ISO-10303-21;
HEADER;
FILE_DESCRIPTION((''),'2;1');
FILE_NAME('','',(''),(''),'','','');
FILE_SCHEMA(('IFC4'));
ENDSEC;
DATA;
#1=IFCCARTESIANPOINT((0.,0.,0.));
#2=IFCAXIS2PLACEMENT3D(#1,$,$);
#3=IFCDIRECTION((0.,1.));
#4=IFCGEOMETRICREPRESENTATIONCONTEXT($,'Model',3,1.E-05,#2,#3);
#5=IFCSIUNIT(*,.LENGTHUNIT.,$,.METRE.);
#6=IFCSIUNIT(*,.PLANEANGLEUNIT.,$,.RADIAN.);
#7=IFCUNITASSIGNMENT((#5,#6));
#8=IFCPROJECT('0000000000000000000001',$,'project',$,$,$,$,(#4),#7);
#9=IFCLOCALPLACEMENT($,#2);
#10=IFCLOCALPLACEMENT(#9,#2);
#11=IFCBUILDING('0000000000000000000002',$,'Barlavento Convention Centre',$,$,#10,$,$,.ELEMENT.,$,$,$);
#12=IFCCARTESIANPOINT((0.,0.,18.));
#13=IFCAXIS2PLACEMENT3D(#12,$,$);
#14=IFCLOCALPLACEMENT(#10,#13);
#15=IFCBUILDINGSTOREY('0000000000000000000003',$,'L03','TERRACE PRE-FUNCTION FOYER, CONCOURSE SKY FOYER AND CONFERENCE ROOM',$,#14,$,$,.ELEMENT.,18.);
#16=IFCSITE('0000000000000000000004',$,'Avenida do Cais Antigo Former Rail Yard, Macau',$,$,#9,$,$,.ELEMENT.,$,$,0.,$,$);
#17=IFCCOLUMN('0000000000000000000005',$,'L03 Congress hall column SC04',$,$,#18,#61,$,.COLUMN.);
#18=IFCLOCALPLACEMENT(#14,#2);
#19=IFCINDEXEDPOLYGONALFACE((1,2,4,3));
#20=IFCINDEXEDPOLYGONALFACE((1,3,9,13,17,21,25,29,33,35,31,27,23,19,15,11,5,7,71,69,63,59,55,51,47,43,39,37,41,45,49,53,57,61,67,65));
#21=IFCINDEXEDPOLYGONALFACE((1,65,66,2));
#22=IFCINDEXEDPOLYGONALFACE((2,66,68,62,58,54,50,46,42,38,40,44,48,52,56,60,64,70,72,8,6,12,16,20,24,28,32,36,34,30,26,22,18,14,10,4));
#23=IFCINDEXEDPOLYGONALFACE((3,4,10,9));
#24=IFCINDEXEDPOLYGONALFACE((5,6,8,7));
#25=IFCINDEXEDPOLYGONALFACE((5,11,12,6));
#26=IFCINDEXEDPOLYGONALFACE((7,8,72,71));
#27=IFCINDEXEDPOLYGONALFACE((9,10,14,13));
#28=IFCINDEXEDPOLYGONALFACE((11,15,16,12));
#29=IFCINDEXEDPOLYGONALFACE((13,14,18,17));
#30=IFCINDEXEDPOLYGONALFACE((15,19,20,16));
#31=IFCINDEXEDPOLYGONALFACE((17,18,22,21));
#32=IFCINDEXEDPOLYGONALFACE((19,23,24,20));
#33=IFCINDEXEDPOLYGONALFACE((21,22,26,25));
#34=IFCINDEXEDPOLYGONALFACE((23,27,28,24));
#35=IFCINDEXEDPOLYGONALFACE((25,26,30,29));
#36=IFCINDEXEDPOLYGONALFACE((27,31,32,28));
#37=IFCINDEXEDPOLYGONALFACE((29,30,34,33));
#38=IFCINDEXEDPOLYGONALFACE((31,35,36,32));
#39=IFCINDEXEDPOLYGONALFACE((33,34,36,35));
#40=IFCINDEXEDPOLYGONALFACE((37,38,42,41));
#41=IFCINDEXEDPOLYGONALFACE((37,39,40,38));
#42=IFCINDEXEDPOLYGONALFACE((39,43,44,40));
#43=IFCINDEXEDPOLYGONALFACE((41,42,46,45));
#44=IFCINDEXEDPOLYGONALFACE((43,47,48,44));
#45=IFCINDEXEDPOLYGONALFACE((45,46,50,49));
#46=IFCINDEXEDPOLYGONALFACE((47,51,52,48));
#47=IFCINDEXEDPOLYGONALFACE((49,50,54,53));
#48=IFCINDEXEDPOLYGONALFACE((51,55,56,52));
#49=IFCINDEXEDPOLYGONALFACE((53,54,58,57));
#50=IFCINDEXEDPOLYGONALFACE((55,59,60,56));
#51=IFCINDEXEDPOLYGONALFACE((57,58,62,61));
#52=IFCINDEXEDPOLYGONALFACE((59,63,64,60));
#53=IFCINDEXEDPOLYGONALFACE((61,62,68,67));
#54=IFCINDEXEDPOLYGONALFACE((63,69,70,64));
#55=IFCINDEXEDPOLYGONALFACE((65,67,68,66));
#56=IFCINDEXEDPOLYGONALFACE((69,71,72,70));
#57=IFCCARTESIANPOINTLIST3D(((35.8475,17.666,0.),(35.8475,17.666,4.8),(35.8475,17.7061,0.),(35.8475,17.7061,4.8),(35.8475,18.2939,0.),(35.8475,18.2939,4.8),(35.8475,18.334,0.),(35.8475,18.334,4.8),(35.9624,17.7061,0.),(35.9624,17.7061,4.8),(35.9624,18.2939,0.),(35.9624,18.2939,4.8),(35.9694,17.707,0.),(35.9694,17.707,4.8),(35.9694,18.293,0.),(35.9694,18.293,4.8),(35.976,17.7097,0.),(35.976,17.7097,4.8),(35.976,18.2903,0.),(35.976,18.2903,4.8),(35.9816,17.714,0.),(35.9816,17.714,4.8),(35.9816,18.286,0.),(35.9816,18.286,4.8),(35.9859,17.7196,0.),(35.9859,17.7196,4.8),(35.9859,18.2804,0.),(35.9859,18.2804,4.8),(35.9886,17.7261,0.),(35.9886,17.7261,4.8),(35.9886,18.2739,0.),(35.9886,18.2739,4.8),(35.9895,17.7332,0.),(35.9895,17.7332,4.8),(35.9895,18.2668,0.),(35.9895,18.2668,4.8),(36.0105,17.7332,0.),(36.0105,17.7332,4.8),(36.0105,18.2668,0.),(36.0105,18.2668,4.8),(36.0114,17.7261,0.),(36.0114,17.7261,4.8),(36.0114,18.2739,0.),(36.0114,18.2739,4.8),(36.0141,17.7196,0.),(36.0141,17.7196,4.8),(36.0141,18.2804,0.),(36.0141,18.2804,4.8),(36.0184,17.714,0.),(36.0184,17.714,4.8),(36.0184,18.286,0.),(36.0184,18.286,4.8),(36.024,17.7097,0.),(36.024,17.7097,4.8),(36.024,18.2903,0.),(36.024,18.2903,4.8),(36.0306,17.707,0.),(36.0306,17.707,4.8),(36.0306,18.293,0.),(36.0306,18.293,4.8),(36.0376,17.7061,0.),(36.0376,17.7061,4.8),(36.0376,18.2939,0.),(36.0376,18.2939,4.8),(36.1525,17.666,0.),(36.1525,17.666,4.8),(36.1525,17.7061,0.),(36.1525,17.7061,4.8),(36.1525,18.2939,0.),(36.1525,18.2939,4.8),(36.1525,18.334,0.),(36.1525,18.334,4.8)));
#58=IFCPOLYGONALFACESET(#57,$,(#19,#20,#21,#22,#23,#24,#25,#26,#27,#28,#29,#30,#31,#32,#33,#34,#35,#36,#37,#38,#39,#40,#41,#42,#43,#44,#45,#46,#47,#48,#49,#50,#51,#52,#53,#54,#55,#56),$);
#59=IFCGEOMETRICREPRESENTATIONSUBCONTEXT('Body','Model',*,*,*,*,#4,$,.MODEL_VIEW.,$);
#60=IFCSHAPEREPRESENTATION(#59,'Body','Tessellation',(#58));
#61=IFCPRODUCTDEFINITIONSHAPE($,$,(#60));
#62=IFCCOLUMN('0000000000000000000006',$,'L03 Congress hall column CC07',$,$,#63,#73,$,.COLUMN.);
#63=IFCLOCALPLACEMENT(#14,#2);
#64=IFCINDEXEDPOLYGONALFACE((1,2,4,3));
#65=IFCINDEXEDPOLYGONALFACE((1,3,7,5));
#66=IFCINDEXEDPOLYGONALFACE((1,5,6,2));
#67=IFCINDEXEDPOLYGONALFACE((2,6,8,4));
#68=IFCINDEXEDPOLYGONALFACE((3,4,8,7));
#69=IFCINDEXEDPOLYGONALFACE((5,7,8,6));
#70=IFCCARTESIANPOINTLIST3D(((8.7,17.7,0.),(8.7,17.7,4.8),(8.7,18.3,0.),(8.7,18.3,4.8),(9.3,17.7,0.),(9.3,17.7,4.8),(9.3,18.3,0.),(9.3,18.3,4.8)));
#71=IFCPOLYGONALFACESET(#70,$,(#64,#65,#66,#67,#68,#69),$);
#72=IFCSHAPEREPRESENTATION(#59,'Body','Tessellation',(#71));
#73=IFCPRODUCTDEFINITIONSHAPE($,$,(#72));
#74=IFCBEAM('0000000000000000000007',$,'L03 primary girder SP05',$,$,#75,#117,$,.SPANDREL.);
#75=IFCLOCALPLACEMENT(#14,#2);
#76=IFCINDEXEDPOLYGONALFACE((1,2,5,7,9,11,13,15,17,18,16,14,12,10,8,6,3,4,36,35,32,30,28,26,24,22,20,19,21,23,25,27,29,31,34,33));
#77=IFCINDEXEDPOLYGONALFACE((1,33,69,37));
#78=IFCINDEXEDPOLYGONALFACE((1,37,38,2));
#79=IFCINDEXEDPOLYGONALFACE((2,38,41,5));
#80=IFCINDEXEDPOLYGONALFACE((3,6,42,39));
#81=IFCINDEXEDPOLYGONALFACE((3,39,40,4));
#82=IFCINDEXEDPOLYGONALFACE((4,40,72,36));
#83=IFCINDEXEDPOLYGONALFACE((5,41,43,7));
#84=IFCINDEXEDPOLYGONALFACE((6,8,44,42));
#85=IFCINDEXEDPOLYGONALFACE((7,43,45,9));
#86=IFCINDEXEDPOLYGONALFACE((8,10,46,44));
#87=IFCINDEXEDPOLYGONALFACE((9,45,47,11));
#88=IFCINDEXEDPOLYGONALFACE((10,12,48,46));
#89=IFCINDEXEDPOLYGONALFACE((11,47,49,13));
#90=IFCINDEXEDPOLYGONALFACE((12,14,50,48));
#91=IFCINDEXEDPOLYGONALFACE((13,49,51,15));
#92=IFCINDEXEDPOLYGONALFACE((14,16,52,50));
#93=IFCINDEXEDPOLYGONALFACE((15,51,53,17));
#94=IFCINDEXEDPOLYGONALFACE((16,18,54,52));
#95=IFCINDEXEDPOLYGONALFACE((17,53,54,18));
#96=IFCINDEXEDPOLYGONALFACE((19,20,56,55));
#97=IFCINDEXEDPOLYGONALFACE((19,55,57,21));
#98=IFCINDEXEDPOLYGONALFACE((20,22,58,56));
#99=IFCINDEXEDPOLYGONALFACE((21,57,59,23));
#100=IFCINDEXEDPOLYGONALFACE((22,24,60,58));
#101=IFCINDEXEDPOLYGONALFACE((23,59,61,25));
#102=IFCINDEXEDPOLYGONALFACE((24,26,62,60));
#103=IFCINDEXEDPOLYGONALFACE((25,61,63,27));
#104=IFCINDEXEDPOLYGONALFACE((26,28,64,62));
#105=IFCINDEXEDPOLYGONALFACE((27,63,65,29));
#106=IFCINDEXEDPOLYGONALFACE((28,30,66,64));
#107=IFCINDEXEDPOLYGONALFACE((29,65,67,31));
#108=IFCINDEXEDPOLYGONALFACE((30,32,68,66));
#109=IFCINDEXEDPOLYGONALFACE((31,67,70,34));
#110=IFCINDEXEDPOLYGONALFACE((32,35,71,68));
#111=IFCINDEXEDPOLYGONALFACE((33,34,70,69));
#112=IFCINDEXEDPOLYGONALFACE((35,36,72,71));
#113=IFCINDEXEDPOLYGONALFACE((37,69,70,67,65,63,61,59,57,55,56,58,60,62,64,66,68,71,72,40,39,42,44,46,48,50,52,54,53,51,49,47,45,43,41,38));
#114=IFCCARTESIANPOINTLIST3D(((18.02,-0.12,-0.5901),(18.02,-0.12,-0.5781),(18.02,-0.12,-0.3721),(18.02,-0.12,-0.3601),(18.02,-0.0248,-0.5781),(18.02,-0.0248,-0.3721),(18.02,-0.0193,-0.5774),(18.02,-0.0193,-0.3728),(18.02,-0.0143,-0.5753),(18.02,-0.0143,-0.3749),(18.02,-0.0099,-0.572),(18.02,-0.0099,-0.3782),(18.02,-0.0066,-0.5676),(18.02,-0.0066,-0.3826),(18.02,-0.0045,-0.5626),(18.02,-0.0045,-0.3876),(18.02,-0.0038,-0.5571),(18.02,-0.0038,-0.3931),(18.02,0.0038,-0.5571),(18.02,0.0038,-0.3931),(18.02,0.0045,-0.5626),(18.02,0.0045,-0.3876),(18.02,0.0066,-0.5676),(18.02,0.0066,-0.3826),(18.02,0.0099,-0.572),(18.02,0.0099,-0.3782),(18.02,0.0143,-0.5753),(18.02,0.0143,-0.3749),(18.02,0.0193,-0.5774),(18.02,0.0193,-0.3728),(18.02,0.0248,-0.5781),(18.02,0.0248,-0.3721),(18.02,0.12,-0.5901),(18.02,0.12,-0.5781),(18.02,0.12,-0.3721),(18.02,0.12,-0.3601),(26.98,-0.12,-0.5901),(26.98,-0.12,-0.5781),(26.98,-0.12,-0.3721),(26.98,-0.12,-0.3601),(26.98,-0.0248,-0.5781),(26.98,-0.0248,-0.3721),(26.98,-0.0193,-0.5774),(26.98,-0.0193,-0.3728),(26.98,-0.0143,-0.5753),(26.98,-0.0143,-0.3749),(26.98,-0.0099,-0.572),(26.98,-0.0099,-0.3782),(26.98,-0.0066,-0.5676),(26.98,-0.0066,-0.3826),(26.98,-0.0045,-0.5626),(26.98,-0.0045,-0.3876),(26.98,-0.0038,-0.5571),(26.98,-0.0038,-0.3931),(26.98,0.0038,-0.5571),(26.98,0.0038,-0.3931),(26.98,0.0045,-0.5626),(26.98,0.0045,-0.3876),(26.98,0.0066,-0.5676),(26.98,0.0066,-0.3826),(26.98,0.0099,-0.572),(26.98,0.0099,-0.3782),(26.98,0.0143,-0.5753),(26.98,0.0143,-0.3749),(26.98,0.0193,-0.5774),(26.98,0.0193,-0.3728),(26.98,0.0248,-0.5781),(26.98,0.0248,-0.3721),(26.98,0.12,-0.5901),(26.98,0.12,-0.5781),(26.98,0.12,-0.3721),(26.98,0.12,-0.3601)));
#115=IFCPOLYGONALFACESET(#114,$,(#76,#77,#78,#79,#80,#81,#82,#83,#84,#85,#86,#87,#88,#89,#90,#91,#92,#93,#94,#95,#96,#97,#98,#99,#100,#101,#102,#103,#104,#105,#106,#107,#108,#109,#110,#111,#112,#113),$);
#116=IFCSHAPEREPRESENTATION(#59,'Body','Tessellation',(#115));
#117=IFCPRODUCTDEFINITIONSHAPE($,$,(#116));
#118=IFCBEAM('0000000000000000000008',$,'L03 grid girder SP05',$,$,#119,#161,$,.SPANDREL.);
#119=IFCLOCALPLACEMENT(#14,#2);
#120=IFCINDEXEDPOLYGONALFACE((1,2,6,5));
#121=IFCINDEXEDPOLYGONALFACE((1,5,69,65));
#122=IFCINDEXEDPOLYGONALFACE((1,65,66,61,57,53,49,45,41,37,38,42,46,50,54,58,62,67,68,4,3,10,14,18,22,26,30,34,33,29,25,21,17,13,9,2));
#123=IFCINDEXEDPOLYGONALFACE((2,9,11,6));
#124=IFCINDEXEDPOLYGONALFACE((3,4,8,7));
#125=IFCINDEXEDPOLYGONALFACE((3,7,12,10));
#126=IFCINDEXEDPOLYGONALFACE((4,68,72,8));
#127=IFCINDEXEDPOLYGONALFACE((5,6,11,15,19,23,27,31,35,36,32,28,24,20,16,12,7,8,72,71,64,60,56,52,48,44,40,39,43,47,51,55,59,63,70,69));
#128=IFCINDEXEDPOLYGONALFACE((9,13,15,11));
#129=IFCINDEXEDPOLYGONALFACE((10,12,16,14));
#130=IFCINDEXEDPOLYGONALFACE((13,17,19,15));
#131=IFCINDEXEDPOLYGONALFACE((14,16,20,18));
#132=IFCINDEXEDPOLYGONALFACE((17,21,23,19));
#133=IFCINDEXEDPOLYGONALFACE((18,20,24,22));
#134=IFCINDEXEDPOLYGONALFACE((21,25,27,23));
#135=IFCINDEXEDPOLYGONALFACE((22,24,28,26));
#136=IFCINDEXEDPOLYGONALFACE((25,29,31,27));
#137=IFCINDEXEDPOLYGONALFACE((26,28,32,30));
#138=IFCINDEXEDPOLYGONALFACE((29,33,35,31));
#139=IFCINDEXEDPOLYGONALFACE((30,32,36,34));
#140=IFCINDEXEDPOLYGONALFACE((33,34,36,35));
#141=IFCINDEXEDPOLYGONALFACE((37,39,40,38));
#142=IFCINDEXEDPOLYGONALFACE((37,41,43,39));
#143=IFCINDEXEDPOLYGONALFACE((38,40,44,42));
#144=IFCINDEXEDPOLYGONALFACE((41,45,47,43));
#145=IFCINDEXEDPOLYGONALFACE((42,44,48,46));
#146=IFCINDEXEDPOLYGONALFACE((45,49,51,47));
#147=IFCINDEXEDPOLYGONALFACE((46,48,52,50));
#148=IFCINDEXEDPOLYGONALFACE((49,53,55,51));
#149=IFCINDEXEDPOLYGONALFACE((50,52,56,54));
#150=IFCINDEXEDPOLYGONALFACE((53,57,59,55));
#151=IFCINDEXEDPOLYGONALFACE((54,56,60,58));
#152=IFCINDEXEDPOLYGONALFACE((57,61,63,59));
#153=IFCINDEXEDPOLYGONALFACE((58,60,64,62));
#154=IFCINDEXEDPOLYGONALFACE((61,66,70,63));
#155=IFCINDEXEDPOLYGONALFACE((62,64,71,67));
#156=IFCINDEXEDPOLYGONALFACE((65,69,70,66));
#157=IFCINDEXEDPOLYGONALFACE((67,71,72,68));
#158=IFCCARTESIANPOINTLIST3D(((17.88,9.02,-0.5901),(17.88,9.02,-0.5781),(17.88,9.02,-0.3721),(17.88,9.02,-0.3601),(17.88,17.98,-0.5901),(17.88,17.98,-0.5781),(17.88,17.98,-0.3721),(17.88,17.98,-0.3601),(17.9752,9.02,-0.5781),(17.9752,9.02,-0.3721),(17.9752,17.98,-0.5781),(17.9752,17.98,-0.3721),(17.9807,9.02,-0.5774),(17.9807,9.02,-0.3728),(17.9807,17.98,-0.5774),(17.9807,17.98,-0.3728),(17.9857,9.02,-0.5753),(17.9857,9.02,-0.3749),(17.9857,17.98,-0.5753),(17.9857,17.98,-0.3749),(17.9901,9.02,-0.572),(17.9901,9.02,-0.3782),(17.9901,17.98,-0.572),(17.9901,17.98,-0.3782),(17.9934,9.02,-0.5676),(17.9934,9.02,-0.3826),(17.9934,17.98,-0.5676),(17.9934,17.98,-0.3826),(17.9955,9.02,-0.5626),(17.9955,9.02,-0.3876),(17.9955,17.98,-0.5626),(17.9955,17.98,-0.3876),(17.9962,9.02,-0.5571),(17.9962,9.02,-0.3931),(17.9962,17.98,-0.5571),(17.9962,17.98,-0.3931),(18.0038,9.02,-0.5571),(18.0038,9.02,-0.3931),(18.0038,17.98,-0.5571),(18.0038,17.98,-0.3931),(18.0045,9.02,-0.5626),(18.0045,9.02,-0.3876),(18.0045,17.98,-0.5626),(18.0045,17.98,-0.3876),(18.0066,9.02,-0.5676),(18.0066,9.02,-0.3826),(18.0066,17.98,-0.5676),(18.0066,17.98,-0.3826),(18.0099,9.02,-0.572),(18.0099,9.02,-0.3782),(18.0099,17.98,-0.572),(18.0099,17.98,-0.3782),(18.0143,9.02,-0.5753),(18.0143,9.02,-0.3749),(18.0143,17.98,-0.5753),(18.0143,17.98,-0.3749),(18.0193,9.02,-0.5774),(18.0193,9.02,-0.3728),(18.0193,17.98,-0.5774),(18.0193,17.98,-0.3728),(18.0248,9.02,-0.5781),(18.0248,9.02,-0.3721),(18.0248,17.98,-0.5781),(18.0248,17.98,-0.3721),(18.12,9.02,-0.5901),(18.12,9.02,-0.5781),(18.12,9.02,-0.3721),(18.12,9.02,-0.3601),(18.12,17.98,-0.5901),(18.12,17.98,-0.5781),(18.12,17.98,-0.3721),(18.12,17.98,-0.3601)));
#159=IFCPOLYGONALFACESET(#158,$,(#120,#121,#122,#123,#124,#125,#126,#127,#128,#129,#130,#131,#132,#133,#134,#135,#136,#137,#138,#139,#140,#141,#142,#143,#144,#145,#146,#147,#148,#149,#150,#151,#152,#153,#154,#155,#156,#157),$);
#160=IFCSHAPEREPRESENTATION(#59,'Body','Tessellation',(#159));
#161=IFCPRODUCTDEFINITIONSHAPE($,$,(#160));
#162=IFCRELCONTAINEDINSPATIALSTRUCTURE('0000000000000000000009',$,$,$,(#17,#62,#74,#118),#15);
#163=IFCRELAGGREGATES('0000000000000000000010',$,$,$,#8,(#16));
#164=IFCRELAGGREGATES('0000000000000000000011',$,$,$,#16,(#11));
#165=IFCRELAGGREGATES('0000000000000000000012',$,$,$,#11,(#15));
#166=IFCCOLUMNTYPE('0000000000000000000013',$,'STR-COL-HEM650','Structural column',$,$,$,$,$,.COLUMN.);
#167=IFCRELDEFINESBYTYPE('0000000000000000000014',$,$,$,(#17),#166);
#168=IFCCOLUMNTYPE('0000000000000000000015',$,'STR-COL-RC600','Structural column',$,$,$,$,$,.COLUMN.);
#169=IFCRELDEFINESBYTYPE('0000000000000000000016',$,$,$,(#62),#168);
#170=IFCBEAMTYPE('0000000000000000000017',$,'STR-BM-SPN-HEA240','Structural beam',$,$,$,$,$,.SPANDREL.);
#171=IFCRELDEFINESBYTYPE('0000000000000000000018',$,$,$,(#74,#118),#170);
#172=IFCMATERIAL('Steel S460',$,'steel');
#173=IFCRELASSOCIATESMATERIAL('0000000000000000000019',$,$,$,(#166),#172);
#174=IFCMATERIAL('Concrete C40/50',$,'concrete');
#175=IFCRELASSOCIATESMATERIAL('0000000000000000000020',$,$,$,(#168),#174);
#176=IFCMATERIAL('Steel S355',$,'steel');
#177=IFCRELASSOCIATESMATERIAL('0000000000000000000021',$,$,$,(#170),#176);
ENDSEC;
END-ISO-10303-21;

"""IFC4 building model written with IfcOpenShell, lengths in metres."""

from ifc_helpers import new_model, si_unit, direction, frame, origin, origin_2d, place, context, subcontext, project, spatial, rectangle, i_section, extrude, material, material_profile, profile_set, type_object, element, save


model = new_model("IFC4")

# Units and contexts
model_context = context("Model", 3, precision=1e-05, world=origin(), true_north=direction((0.0, 1.0)))
body_context = subcontext(model_context, "Body", "Model", "MODEL_VIEW")
ifc_project = project(units=[si_unit("LENGTHUNIT", "METRE"), si_unit("PLANEANGLEUNIT", "RADIAN")], contexts=[model_context])

# Site, building, storey
site_placement = place(None, origin())
site = spatial("IfcSite", under=ifc_project, at=site_placement, Name="Avenida do Cais Antigo Former Rail Yard, Macau", CompositionType="ELEMENT", RefElevation=0.0)
building_placement = place(site_placement, origin())
building = spatial("IfcBuilding", under=site, at=building_placement, Name="Barlavento Convention Centre", CompositionType="ELEMENT")
storey_placement = place(building_placement, frame((0.0, 0.0, 18.0)))
storey = spatial("IfcBuildingStorey", under=building, at=storey_placement, Name="L03", Description="TERRACE PRE-FUNCTION FOYER, CONCOURSE SKY FOYER AND CONFERENCE ROOM", CompositionType="ELEMENT", Elevation=18.0)

# Columns
ifc_material_1 = material(Name="Steel S355", Category="steel")
ifc_material_2 = material(Name="Steel S460", Category="steel")
ifc_material_profile_1 = material_profile(ifc_material_2, i_section(OverallWidth=0.3049, OverallDepth=0.668, WebThickness=0.021, FlangeThickness=0.04, FilletRadius=0.0271, at=origin_2d()), Name="HEM 650")
ifc_profile_set_1 = profile_set([ifc_material_profile_1], Name="Steel S460")
column_type_1 = type_object("IfcColumnType", Name="STR-COL-HEM650", Description="Structural column", PredefinedType="COLUMN", material=ifc_profile_set_1)
column_1_placement = place(storey_placement, frame((36.0, 18.0, 0.0), z_axis=(0.0, 0.0, 1.0), x_axis=(1.0, 0.0, 0.0)))
element("IfcColumn", 1, at=column_1_placement, inside=storey, type_object=column_type_1, Name="L03 Congress hall column SC04", PredefinedType="COLUMN", context=body_context, shape_type="SweptSolid", body=[
    extrude(i_section(OverallWidth=0.3049, OverallDepth=0.668, WebThickness=0.021, FlangeThickness=0.04, FilletRadius=0.0271, at=origin_2d()), origin(), (0.0, 0.0, 1.0), 4.8),
])
ifc_material_3 = material(Name="Concrete C40/50", Category="concrete")
ifc_material_profile_2 = material_profile(ifc_material_3, rectangle(XDim=0.6001, YDim=0.6001, at=origin_2d()), Name="RC 600x600")
ifc_profile_set_2 = profile_set([ifc_material_profile_2], Name="Concrete C40/50")
column_type_2 = type_object("IfcColumnType", Name="STR-COL-RC600", Description="Structural column", PredefinedType="COLUMN", material=ifc_profile_set_2)
column_2_placement = place(storey_placement, frame((9.0, 18.0, 0.0), z_axis=(0.0, 0.0, 1.0), x_axis=(1.0, 0.0, 0.0)))
element("IfcColumn", 2, at=column_2_placement, inside=storey, type_object=column_type_2, Name="L03 Congress hall column CC07", PredefinedType="COLUMN", context=body_context, shape_type="SweptSolid", body=[
    extrude(rectangle(XDim=0.6001, YDim=0.6001, at=origin_2d()), origin(), (0.0, 0.0, 1.0), 4.8),
])

# Beams
ifc_material_profile_3 = material_profile(ifc_material_1, i_section(OverallWidth=0.24, OverallDepth=0.23, WebThickness=0.0076, FlangeThickness=0.012, FilletRadius=0.021, at=origin_2d()), Name="HEA 240")
ifc_profile_set_3 = profile_set([ifc_material_profile_3], Name="Steel S355")
beam_type_1 = type_object("IfcBeamType", Name="STR-BM-SPN-HEA240", Description="Structural beam", PredefinedType="SPANDREL", material=ifc_profile_set_3)
for number, where, z_axis, x_axis, name in (
    (3, (18.02, 0.0, -0.4751), (1.0, 0.0, 0.0), (0.0, 1.0, 0.0), "L03 primary girder SP05"),
    (4, (18.0, 9.02, -0.4751), (0.0, 1.0, 0.0), (-1.0, 0.0, 0.0), "L03 grid girder SP05"),
):
    element("IfcBeam", number, at=place(storey_placement, frame(where, z_axis=z_axis, x_axis=x_axis)), inside=storey, type_object=beam_type_1, Name=name, PredefinedType="SPANDREL", context=body_context, shape_type="SweptSolid", body=[
        extrude(i_section(OverallWidth=0.24, OverallDepth=0.23, WebThickness=0.0076, FlangeThickness=0.012, FilletRadius=0.021, at=origin_2d()), origin(), (0.0, 0.0, 1.0), 8.96),
    ])

save(model, "model.ifc")
